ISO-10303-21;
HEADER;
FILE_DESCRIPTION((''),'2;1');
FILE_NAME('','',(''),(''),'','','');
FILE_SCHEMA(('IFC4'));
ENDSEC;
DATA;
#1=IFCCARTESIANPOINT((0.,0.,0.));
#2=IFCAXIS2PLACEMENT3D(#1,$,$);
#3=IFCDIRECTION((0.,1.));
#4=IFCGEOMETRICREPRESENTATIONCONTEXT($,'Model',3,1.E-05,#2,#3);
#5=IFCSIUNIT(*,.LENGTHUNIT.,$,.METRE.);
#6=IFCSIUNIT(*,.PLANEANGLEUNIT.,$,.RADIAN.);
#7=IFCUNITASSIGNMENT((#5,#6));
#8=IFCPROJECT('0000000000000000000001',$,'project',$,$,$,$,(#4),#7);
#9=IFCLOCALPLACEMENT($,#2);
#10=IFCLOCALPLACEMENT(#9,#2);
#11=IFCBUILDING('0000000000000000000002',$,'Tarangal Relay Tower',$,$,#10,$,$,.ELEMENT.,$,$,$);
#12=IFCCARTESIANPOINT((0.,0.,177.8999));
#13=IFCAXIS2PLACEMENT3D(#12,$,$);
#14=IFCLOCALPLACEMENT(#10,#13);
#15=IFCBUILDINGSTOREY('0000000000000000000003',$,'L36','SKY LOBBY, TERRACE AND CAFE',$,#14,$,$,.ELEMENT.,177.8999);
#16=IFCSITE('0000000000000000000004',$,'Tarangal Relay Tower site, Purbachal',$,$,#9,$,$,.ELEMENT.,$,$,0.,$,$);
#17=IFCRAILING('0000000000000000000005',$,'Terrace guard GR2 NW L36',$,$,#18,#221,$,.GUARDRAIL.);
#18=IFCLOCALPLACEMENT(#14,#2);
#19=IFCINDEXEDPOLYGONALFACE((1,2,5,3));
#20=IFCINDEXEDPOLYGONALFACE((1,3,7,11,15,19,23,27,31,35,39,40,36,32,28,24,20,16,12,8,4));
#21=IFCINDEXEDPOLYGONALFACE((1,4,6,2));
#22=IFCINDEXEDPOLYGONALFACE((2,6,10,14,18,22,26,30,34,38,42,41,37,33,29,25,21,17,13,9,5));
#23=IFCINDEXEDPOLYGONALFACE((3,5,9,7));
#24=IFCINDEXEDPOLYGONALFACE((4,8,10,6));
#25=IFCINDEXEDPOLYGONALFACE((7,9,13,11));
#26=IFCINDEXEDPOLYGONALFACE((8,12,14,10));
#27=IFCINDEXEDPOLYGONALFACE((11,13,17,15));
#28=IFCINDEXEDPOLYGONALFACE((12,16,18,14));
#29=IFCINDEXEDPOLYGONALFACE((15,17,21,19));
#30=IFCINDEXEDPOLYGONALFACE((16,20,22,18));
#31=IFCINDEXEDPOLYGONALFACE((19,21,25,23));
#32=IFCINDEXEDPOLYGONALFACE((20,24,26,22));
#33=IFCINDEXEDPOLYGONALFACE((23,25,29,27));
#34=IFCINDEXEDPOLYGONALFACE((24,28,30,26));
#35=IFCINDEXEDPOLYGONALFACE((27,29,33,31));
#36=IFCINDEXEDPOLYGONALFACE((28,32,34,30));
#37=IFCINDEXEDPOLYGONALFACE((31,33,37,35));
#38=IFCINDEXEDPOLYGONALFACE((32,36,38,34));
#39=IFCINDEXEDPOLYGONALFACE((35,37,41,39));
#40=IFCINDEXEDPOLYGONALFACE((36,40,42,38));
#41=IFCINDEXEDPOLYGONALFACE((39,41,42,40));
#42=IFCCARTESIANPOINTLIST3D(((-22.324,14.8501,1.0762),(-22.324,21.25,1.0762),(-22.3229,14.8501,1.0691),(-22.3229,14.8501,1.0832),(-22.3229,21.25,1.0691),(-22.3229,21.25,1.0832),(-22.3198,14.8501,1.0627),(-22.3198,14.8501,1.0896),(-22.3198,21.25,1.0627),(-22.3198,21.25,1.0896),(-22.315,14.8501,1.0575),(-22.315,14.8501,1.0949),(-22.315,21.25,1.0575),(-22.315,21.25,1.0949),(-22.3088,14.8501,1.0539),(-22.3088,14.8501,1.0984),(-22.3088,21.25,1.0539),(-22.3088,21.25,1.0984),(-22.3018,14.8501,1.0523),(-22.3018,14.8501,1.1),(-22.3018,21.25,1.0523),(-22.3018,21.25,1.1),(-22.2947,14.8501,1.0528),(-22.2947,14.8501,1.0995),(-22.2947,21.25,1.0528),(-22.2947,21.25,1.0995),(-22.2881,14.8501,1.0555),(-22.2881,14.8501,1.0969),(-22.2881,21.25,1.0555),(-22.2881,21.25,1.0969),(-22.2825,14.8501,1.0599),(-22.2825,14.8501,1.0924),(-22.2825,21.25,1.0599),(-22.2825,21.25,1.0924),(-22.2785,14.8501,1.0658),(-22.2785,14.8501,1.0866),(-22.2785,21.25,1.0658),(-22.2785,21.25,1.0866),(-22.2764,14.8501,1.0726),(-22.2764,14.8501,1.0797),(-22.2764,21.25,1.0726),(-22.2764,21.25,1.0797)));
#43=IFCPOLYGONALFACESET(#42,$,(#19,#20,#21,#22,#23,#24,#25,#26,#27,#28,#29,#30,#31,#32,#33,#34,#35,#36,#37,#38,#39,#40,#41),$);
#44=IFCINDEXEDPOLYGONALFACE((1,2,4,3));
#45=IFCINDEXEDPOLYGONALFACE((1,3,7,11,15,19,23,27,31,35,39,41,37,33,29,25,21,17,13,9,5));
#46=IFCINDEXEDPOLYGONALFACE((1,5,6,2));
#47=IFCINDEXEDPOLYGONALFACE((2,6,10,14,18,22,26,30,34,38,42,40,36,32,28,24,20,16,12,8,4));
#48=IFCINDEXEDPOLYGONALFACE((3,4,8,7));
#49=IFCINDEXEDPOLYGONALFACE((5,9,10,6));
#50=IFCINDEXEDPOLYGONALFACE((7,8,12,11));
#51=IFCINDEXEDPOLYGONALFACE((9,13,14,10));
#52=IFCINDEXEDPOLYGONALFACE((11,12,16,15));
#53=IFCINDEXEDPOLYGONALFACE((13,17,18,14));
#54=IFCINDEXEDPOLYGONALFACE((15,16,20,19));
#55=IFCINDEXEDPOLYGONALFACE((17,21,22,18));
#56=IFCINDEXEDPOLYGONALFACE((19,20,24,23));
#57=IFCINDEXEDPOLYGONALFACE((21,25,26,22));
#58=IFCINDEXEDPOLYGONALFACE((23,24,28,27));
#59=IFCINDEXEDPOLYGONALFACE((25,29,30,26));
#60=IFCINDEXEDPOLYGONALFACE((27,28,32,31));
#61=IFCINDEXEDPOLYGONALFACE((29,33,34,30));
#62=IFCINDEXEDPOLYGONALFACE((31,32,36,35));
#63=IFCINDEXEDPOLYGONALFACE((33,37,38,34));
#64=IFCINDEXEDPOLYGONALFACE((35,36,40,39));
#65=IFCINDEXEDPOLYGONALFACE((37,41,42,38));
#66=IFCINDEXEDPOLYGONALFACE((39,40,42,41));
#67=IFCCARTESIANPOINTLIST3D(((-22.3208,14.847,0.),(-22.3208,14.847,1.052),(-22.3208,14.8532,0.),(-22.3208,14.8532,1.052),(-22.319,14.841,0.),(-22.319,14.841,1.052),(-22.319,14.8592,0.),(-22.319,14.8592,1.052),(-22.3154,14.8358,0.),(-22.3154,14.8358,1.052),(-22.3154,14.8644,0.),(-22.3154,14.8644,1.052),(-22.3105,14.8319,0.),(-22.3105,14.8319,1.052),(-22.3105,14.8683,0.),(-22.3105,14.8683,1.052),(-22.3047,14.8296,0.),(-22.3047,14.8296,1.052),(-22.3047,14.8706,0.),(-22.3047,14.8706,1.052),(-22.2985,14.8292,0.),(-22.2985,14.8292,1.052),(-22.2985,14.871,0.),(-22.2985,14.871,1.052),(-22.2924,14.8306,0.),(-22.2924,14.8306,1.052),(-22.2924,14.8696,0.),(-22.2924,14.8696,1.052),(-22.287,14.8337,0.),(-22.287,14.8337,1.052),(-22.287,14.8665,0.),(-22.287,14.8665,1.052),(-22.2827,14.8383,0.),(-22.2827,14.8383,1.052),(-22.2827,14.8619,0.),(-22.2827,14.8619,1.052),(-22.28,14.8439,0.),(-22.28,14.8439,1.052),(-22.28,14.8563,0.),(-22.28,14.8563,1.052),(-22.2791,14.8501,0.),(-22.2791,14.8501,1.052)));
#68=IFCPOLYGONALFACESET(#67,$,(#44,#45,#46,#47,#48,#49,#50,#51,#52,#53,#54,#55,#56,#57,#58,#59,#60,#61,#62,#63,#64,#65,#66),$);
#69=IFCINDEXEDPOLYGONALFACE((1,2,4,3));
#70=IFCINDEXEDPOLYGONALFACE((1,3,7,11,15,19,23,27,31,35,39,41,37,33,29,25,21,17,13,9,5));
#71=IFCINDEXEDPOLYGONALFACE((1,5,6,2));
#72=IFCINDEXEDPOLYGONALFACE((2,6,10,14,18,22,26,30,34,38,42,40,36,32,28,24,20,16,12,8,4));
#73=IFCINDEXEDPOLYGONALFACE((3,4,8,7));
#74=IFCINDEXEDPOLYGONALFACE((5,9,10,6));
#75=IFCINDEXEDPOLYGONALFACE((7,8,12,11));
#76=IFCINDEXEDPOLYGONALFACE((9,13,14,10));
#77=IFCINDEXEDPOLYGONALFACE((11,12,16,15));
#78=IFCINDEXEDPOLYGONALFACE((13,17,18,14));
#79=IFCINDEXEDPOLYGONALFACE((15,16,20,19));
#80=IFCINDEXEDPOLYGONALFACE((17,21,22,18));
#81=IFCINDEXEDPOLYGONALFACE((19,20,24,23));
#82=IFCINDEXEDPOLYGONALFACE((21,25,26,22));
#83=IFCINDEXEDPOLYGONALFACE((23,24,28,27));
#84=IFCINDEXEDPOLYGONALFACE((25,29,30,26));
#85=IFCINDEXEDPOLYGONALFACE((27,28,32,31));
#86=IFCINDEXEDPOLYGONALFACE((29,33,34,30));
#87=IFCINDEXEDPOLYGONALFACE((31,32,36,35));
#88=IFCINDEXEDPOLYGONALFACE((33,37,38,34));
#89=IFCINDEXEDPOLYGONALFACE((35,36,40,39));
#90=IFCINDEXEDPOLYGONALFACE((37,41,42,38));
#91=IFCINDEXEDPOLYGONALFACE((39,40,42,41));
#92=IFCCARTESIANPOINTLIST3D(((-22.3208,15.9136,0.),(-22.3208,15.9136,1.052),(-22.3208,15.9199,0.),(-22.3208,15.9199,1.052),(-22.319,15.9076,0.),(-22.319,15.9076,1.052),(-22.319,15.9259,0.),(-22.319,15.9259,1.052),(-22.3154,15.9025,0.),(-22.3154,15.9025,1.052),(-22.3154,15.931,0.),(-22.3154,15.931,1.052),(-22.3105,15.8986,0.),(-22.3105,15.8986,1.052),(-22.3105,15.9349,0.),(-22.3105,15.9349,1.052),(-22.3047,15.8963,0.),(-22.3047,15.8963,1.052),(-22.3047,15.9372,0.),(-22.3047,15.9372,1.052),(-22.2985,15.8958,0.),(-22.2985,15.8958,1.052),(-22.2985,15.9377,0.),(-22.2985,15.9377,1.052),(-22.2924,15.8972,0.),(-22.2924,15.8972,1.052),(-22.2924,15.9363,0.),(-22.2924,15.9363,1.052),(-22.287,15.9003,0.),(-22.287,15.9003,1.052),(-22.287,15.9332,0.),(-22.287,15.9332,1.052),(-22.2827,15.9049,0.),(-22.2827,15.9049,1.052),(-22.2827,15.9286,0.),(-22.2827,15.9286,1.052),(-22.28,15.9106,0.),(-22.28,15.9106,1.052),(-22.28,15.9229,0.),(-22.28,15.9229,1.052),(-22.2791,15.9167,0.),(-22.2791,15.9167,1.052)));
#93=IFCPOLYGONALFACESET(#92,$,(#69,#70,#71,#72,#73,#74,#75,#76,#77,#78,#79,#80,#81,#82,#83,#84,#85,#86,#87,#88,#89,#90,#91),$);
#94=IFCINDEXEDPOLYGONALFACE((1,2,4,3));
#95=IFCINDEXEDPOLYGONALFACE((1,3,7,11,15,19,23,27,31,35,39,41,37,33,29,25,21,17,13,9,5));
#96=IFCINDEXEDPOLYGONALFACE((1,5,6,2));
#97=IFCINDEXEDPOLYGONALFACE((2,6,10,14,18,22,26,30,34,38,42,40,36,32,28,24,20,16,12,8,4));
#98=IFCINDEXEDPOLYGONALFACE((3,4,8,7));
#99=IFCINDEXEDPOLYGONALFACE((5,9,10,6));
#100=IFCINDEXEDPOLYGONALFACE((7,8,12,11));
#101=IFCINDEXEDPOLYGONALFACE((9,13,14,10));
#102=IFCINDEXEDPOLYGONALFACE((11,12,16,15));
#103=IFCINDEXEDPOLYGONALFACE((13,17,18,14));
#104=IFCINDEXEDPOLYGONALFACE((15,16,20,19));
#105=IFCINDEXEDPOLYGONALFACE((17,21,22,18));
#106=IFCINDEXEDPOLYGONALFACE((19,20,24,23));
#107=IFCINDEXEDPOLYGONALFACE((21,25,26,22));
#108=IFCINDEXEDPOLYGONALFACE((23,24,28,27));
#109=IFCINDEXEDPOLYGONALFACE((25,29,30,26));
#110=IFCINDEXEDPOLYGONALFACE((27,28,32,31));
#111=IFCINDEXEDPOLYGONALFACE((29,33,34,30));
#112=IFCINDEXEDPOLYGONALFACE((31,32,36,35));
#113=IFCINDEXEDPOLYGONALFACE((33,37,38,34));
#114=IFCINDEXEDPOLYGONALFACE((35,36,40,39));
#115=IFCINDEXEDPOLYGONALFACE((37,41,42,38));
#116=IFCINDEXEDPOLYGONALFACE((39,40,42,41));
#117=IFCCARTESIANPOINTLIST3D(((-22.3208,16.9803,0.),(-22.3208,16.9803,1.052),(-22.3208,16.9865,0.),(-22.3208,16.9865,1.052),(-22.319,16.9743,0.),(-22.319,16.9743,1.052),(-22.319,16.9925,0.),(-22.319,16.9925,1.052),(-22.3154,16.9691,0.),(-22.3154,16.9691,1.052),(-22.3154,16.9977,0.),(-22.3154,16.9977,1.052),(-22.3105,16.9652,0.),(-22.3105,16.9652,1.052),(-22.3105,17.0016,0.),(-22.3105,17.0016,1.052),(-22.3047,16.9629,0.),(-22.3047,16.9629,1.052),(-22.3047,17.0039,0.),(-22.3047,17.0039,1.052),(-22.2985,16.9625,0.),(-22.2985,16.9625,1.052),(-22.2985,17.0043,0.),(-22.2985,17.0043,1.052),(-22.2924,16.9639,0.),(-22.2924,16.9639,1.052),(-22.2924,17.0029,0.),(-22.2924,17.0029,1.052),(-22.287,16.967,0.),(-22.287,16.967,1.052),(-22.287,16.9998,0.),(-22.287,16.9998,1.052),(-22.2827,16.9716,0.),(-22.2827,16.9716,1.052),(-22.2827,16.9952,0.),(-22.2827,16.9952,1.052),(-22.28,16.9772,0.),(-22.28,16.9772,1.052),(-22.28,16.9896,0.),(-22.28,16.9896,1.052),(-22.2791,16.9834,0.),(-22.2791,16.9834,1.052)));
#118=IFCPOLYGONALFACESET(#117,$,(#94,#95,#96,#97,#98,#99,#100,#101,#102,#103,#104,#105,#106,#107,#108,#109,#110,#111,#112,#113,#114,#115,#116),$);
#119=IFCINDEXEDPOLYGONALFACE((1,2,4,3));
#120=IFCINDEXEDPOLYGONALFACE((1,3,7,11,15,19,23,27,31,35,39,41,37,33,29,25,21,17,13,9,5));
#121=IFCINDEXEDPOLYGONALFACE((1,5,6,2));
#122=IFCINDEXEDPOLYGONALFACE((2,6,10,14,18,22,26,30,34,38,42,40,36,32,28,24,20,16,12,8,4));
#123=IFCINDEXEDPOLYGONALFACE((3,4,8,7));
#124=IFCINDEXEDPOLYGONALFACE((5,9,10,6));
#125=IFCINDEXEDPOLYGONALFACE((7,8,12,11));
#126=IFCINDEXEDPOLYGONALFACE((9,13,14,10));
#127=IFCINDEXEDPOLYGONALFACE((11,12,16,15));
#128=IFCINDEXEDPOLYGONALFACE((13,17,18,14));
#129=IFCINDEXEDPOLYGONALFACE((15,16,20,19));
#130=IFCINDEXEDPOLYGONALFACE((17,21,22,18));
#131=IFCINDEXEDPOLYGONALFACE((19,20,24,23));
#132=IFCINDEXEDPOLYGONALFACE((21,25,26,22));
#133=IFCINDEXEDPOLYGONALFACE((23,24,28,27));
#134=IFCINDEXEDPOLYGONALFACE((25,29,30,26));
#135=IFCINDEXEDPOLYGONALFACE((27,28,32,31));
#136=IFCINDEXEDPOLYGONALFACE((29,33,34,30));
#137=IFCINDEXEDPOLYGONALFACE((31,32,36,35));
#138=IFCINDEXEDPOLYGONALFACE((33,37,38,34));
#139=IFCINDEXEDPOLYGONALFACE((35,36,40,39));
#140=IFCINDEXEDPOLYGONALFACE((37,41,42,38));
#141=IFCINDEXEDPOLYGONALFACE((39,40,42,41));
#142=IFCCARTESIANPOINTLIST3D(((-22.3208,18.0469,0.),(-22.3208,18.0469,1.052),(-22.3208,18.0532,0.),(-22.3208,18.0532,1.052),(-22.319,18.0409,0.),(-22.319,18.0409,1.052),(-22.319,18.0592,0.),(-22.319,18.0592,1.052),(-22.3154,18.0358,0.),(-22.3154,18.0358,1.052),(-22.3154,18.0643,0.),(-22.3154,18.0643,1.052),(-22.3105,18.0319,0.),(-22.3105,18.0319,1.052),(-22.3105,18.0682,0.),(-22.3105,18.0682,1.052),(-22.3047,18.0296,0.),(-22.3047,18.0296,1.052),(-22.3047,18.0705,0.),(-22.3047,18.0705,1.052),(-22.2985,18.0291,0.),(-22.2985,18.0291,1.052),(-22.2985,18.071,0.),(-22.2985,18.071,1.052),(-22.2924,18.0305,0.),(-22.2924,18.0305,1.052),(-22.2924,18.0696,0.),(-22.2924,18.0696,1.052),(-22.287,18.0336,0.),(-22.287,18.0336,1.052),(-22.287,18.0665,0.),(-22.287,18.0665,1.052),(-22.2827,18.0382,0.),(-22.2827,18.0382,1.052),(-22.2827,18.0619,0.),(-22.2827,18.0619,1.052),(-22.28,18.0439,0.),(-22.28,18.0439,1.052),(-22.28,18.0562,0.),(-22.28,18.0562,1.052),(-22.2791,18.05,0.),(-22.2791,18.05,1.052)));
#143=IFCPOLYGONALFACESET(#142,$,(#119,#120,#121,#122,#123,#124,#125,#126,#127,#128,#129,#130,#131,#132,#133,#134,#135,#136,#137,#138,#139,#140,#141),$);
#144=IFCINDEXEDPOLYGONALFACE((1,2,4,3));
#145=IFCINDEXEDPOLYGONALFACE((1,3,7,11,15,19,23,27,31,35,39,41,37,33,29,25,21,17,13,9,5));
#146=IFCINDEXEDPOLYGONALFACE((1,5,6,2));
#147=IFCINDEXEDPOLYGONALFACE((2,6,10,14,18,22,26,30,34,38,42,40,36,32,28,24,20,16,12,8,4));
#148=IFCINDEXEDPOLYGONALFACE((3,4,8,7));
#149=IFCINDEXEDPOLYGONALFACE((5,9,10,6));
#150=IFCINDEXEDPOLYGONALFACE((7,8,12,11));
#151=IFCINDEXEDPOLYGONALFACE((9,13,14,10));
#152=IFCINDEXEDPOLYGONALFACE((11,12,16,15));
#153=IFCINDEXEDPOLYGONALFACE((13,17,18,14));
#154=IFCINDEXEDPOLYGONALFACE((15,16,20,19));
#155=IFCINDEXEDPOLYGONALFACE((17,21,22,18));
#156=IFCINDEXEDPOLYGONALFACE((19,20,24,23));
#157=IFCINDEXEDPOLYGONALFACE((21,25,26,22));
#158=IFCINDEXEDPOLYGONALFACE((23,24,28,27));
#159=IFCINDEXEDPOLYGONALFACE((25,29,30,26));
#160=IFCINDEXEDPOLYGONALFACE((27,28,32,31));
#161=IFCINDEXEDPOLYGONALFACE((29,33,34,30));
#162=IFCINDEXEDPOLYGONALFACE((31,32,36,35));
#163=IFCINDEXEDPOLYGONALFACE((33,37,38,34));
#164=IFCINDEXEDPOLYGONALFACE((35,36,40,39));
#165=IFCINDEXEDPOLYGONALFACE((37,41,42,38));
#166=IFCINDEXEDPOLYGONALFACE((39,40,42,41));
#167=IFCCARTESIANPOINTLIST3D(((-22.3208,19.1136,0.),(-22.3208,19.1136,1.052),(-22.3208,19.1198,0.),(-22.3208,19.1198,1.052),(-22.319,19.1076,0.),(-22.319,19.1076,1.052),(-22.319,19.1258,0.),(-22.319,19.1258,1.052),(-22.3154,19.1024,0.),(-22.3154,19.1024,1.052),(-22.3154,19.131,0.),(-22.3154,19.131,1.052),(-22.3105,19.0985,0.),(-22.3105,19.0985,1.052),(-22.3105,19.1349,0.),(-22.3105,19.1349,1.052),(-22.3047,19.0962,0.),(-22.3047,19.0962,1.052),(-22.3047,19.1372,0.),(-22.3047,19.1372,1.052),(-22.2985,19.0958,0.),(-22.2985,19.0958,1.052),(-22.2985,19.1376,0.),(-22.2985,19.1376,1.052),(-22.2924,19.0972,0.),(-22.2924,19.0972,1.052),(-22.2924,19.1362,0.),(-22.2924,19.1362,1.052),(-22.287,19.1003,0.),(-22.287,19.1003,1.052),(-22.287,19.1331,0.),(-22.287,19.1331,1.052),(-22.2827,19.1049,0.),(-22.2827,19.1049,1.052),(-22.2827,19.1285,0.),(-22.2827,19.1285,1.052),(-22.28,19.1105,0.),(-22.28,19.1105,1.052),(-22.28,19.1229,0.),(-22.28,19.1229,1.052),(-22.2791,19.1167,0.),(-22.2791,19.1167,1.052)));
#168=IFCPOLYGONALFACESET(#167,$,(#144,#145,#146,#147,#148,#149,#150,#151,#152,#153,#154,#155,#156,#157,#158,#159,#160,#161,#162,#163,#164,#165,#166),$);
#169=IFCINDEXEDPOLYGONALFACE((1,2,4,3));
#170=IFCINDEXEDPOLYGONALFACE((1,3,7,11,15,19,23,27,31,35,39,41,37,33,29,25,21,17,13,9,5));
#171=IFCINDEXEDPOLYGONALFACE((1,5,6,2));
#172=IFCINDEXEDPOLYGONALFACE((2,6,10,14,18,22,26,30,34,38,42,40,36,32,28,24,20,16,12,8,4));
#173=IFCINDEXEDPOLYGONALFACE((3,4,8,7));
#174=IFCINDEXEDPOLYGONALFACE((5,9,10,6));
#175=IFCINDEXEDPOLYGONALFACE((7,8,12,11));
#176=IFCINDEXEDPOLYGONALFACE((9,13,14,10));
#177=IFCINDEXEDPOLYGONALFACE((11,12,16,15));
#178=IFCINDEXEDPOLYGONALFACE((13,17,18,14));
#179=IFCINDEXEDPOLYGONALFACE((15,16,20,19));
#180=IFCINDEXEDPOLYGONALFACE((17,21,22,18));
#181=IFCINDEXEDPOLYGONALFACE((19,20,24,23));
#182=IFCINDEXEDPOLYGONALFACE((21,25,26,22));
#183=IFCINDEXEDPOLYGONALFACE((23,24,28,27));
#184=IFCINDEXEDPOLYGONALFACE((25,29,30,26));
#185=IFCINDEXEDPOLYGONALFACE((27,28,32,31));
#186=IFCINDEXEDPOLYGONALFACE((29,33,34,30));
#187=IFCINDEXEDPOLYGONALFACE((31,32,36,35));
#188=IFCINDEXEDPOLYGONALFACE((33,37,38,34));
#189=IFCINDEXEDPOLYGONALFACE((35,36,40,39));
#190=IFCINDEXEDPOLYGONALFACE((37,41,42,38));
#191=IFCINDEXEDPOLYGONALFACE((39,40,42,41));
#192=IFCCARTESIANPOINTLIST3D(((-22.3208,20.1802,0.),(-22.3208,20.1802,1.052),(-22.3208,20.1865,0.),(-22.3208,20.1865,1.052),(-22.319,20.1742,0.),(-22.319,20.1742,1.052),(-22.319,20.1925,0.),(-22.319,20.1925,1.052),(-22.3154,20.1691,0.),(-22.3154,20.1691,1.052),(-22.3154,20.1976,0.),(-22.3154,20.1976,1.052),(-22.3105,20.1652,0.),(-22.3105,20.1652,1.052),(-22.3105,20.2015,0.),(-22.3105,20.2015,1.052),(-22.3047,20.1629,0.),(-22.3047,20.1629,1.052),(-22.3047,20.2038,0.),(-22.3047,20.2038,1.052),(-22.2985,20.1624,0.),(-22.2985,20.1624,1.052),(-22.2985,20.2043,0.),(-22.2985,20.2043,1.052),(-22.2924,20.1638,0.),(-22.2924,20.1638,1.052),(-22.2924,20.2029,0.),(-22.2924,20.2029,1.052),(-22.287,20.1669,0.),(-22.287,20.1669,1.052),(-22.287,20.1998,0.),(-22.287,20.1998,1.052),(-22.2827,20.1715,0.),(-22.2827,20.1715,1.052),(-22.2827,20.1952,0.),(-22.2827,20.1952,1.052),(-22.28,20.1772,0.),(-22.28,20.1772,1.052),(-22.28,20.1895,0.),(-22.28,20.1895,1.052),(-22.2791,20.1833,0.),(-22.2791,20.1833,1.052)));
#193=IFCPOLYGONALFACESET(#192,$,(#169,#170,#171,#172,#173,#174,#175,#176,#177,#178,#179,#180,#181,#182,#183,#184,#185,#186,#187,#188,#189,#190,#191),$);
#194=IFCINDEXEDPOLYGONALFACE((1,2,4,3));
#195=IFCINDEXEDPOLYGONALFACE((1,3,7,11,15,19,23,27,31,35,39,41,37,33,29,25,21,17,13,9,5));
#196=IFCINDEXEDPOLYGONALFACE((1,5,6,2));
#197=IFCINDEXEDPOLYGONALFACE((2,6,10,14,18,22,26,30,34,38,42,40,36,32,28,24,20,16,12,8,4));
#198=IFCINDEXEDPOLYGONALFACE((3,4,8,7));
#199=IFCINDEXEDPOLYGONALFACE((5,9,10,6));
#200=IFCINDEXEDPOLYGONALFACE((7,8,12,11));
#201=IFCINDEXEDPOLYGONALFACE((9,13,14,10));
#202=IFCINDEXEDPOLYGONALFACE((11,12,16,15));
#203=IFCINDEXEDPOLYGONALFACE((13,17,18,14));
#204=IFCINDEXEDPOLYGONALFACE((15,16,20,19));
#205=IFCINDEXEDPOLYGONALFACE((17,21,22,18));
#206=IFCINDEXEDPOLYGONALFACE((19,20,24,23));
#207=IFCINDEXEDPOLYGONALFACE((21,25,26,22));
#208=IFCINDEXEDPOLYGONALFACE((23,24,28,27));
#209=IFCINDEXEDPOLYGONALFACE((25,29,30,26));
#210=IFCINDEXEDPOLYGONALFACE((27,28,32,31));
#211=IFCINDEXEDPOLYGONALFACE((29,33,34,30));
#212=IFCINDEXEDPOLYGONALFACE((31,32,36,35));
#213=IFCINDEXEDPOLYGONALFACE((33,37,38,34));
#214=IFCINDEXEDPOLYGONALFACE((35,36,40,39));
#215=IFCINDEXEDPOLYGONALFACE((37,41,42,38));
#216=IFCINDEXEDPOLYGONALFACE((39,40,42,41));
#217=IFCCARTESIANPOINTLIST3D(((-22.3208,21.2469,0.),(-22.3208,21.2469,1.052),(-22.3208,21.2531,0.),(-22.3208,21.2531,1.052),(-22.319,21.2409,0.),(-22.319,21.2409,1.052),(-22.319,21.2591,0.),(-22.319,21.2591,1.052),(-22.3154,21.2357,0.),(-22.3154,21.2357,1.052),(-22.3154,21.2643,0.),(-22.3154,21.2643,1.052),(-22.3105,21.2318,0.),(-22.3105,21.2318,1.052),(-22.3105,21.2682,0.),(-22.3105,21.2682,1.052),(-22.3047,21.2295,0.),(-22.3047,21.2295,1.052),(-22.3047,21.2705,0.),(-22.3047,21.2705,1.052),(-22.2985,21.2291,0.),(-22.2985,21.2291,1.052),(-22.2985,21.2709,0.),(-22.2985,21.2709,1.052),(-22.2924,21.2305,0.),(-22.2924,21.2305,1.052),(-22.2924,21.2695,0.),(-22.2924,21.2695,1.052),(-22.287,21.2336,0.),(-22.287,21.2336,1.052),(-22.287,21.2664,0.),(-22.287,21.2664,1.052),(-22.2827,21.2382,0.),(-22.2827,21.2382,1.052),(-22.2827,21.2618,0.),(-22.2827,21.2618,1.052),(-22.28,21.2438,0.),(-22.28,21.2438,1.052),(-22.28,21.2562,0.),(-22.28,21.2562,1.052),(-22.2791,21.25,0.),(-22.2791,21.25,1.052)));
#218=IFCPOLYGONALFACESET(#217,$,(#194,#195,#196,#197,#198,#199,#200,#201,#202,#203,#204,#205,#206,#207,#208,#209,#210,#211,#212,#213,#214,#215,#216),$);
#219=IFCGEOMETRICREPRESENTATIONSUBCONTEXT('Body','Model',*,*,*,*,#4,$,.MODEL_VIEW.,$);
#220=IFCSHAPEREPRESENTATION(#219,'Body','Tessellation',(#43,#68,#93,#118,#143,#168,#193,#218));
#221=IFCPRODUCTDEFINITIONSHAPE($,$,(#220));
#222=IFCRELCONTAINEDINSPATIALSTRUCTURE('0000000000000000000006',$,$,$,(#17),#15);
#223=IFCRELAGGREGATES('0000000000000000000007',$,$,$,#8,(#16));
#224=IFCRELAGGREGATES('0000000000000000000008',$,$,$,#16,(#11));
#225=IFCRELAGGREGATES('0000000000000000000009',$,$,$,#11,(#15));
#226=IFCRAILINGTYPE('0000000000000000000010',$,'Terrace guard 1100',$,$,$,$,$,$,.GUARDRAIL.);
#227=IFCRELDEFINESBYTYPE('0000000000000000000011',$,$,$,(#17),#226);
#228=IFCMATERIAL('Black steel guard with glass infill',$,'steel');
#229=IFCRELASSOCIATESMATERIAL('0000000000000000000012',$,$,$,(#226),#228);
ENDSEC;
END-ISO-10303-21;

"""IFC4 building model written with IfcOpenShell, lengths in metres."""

from ifc_helpers import new_model, si_unit, direction, frame, origin, origin_2d, place, context, subcontext, project, spatial, circle, extrude, material, type_object, element, save


model = new_model("IFC4")

# Units and contexts
model_context = context("Model", 3, precision=1e-05, world=origin(), true_north=direction((0.0, 1.0)))
body_context = subcontext(model_context, "Body", "Model", "MODEL_VIEW")
ifc_project = project(units=[si_unit("LENGTHUNIT", "METRE"), si_unit("PLANEANGLEUNIT", "RADIAN")], contexts=[model_context])

# Site, building, storey
site_placement = place(None, origin())
site = spatial("IfcSite", under=ifc_project, at=site_placement, Name="Tarangal Relay Tower site, Purbachal", CompositionType="ELEMENT", RefElevation=0.0)
building_placement = place(site_placement, origin())
building = spatial("IfcBuilding", under=site, at=building_placement, Name="Tarangal Relay Tower", CompositionType="ELEMENT")
storey_placement = place(building_placement, frame((0.0, 0.0, 177.8999)))
storey = spatial("IfcBuildingStorey", under=building, at=storey_placement, Name="L36", Description="SKY LOBBY, TERRACE AND CAFE", CompositionType="ELEMENT", Elevation=177.8999)

# Railing
ifc_material_1 = material(Name="Black steel guard with glass infill", Category="steel")
railing_type = type_object("IfcRailingType", Name="Terrace guard 1100", PredefinedType="GUARDRAIL", material=ifc_material_1)
railing_1_placement = place(storey_placement, frame((-22.3, 14.8501, 0.0)))
element("IfcRailing", 1, at=railing_1_placement, inside=storey, type_object=railing_type, Name="Terrace guard GR2 NW L36", PredefinedType="GUARDRAIL", context=body_context, shape_type="SweptSolid", body=[
    extrude(circle(Radius=0.0239, at=origin_2d()), frame((0.0, 0.0, 1.0762), z_axis=(0.0, 1.0, 0.0), x_axis=(-1.0, 0.0, 0.0)), (0.0, 0.0, 1.0), 6.3999),
    extrude(circle(Radius=0.021, at=origin_2d()), origin(), (0.0, 0.0, 1.0), 1.052),
    extrude(circle(Radius=0.021, at=origin_2d()), frame((0.0, 1.0667, 0.0)), (0.0, 0.0, 1.0), 1.052),
    extrude(circle(Radius=0.021, at=origin_2d()), frame((0.0, 2.1333, 0.0)), (0.0, 0.0, 1.0), 1.052),
    extrude(circle(Radius=0.021, at=origin_2d()), frame((0.0, 3.2, 0.0)), (0.0, 0.0, 1.0), 1.052),
    extrude(circle(Radius=0.021, at=origin_2d()), frame((0.0, 4.2666, 0.0)), (0.0, 0.0, 1.0), 1.052),
    extrude(circle(Radius=0.021, at=origin_2d()), frame((0.0, 5.3333, 0.0)), (0.0, 0.0, 1.0), 1.052),
    extrude(circle(Radius=0.021, at=origin_2d()), frame((0.0, 6.3999, 0.0)), (0.0, 0.0, 1.0), 1.052),
])

save(model, "model.ifc")
